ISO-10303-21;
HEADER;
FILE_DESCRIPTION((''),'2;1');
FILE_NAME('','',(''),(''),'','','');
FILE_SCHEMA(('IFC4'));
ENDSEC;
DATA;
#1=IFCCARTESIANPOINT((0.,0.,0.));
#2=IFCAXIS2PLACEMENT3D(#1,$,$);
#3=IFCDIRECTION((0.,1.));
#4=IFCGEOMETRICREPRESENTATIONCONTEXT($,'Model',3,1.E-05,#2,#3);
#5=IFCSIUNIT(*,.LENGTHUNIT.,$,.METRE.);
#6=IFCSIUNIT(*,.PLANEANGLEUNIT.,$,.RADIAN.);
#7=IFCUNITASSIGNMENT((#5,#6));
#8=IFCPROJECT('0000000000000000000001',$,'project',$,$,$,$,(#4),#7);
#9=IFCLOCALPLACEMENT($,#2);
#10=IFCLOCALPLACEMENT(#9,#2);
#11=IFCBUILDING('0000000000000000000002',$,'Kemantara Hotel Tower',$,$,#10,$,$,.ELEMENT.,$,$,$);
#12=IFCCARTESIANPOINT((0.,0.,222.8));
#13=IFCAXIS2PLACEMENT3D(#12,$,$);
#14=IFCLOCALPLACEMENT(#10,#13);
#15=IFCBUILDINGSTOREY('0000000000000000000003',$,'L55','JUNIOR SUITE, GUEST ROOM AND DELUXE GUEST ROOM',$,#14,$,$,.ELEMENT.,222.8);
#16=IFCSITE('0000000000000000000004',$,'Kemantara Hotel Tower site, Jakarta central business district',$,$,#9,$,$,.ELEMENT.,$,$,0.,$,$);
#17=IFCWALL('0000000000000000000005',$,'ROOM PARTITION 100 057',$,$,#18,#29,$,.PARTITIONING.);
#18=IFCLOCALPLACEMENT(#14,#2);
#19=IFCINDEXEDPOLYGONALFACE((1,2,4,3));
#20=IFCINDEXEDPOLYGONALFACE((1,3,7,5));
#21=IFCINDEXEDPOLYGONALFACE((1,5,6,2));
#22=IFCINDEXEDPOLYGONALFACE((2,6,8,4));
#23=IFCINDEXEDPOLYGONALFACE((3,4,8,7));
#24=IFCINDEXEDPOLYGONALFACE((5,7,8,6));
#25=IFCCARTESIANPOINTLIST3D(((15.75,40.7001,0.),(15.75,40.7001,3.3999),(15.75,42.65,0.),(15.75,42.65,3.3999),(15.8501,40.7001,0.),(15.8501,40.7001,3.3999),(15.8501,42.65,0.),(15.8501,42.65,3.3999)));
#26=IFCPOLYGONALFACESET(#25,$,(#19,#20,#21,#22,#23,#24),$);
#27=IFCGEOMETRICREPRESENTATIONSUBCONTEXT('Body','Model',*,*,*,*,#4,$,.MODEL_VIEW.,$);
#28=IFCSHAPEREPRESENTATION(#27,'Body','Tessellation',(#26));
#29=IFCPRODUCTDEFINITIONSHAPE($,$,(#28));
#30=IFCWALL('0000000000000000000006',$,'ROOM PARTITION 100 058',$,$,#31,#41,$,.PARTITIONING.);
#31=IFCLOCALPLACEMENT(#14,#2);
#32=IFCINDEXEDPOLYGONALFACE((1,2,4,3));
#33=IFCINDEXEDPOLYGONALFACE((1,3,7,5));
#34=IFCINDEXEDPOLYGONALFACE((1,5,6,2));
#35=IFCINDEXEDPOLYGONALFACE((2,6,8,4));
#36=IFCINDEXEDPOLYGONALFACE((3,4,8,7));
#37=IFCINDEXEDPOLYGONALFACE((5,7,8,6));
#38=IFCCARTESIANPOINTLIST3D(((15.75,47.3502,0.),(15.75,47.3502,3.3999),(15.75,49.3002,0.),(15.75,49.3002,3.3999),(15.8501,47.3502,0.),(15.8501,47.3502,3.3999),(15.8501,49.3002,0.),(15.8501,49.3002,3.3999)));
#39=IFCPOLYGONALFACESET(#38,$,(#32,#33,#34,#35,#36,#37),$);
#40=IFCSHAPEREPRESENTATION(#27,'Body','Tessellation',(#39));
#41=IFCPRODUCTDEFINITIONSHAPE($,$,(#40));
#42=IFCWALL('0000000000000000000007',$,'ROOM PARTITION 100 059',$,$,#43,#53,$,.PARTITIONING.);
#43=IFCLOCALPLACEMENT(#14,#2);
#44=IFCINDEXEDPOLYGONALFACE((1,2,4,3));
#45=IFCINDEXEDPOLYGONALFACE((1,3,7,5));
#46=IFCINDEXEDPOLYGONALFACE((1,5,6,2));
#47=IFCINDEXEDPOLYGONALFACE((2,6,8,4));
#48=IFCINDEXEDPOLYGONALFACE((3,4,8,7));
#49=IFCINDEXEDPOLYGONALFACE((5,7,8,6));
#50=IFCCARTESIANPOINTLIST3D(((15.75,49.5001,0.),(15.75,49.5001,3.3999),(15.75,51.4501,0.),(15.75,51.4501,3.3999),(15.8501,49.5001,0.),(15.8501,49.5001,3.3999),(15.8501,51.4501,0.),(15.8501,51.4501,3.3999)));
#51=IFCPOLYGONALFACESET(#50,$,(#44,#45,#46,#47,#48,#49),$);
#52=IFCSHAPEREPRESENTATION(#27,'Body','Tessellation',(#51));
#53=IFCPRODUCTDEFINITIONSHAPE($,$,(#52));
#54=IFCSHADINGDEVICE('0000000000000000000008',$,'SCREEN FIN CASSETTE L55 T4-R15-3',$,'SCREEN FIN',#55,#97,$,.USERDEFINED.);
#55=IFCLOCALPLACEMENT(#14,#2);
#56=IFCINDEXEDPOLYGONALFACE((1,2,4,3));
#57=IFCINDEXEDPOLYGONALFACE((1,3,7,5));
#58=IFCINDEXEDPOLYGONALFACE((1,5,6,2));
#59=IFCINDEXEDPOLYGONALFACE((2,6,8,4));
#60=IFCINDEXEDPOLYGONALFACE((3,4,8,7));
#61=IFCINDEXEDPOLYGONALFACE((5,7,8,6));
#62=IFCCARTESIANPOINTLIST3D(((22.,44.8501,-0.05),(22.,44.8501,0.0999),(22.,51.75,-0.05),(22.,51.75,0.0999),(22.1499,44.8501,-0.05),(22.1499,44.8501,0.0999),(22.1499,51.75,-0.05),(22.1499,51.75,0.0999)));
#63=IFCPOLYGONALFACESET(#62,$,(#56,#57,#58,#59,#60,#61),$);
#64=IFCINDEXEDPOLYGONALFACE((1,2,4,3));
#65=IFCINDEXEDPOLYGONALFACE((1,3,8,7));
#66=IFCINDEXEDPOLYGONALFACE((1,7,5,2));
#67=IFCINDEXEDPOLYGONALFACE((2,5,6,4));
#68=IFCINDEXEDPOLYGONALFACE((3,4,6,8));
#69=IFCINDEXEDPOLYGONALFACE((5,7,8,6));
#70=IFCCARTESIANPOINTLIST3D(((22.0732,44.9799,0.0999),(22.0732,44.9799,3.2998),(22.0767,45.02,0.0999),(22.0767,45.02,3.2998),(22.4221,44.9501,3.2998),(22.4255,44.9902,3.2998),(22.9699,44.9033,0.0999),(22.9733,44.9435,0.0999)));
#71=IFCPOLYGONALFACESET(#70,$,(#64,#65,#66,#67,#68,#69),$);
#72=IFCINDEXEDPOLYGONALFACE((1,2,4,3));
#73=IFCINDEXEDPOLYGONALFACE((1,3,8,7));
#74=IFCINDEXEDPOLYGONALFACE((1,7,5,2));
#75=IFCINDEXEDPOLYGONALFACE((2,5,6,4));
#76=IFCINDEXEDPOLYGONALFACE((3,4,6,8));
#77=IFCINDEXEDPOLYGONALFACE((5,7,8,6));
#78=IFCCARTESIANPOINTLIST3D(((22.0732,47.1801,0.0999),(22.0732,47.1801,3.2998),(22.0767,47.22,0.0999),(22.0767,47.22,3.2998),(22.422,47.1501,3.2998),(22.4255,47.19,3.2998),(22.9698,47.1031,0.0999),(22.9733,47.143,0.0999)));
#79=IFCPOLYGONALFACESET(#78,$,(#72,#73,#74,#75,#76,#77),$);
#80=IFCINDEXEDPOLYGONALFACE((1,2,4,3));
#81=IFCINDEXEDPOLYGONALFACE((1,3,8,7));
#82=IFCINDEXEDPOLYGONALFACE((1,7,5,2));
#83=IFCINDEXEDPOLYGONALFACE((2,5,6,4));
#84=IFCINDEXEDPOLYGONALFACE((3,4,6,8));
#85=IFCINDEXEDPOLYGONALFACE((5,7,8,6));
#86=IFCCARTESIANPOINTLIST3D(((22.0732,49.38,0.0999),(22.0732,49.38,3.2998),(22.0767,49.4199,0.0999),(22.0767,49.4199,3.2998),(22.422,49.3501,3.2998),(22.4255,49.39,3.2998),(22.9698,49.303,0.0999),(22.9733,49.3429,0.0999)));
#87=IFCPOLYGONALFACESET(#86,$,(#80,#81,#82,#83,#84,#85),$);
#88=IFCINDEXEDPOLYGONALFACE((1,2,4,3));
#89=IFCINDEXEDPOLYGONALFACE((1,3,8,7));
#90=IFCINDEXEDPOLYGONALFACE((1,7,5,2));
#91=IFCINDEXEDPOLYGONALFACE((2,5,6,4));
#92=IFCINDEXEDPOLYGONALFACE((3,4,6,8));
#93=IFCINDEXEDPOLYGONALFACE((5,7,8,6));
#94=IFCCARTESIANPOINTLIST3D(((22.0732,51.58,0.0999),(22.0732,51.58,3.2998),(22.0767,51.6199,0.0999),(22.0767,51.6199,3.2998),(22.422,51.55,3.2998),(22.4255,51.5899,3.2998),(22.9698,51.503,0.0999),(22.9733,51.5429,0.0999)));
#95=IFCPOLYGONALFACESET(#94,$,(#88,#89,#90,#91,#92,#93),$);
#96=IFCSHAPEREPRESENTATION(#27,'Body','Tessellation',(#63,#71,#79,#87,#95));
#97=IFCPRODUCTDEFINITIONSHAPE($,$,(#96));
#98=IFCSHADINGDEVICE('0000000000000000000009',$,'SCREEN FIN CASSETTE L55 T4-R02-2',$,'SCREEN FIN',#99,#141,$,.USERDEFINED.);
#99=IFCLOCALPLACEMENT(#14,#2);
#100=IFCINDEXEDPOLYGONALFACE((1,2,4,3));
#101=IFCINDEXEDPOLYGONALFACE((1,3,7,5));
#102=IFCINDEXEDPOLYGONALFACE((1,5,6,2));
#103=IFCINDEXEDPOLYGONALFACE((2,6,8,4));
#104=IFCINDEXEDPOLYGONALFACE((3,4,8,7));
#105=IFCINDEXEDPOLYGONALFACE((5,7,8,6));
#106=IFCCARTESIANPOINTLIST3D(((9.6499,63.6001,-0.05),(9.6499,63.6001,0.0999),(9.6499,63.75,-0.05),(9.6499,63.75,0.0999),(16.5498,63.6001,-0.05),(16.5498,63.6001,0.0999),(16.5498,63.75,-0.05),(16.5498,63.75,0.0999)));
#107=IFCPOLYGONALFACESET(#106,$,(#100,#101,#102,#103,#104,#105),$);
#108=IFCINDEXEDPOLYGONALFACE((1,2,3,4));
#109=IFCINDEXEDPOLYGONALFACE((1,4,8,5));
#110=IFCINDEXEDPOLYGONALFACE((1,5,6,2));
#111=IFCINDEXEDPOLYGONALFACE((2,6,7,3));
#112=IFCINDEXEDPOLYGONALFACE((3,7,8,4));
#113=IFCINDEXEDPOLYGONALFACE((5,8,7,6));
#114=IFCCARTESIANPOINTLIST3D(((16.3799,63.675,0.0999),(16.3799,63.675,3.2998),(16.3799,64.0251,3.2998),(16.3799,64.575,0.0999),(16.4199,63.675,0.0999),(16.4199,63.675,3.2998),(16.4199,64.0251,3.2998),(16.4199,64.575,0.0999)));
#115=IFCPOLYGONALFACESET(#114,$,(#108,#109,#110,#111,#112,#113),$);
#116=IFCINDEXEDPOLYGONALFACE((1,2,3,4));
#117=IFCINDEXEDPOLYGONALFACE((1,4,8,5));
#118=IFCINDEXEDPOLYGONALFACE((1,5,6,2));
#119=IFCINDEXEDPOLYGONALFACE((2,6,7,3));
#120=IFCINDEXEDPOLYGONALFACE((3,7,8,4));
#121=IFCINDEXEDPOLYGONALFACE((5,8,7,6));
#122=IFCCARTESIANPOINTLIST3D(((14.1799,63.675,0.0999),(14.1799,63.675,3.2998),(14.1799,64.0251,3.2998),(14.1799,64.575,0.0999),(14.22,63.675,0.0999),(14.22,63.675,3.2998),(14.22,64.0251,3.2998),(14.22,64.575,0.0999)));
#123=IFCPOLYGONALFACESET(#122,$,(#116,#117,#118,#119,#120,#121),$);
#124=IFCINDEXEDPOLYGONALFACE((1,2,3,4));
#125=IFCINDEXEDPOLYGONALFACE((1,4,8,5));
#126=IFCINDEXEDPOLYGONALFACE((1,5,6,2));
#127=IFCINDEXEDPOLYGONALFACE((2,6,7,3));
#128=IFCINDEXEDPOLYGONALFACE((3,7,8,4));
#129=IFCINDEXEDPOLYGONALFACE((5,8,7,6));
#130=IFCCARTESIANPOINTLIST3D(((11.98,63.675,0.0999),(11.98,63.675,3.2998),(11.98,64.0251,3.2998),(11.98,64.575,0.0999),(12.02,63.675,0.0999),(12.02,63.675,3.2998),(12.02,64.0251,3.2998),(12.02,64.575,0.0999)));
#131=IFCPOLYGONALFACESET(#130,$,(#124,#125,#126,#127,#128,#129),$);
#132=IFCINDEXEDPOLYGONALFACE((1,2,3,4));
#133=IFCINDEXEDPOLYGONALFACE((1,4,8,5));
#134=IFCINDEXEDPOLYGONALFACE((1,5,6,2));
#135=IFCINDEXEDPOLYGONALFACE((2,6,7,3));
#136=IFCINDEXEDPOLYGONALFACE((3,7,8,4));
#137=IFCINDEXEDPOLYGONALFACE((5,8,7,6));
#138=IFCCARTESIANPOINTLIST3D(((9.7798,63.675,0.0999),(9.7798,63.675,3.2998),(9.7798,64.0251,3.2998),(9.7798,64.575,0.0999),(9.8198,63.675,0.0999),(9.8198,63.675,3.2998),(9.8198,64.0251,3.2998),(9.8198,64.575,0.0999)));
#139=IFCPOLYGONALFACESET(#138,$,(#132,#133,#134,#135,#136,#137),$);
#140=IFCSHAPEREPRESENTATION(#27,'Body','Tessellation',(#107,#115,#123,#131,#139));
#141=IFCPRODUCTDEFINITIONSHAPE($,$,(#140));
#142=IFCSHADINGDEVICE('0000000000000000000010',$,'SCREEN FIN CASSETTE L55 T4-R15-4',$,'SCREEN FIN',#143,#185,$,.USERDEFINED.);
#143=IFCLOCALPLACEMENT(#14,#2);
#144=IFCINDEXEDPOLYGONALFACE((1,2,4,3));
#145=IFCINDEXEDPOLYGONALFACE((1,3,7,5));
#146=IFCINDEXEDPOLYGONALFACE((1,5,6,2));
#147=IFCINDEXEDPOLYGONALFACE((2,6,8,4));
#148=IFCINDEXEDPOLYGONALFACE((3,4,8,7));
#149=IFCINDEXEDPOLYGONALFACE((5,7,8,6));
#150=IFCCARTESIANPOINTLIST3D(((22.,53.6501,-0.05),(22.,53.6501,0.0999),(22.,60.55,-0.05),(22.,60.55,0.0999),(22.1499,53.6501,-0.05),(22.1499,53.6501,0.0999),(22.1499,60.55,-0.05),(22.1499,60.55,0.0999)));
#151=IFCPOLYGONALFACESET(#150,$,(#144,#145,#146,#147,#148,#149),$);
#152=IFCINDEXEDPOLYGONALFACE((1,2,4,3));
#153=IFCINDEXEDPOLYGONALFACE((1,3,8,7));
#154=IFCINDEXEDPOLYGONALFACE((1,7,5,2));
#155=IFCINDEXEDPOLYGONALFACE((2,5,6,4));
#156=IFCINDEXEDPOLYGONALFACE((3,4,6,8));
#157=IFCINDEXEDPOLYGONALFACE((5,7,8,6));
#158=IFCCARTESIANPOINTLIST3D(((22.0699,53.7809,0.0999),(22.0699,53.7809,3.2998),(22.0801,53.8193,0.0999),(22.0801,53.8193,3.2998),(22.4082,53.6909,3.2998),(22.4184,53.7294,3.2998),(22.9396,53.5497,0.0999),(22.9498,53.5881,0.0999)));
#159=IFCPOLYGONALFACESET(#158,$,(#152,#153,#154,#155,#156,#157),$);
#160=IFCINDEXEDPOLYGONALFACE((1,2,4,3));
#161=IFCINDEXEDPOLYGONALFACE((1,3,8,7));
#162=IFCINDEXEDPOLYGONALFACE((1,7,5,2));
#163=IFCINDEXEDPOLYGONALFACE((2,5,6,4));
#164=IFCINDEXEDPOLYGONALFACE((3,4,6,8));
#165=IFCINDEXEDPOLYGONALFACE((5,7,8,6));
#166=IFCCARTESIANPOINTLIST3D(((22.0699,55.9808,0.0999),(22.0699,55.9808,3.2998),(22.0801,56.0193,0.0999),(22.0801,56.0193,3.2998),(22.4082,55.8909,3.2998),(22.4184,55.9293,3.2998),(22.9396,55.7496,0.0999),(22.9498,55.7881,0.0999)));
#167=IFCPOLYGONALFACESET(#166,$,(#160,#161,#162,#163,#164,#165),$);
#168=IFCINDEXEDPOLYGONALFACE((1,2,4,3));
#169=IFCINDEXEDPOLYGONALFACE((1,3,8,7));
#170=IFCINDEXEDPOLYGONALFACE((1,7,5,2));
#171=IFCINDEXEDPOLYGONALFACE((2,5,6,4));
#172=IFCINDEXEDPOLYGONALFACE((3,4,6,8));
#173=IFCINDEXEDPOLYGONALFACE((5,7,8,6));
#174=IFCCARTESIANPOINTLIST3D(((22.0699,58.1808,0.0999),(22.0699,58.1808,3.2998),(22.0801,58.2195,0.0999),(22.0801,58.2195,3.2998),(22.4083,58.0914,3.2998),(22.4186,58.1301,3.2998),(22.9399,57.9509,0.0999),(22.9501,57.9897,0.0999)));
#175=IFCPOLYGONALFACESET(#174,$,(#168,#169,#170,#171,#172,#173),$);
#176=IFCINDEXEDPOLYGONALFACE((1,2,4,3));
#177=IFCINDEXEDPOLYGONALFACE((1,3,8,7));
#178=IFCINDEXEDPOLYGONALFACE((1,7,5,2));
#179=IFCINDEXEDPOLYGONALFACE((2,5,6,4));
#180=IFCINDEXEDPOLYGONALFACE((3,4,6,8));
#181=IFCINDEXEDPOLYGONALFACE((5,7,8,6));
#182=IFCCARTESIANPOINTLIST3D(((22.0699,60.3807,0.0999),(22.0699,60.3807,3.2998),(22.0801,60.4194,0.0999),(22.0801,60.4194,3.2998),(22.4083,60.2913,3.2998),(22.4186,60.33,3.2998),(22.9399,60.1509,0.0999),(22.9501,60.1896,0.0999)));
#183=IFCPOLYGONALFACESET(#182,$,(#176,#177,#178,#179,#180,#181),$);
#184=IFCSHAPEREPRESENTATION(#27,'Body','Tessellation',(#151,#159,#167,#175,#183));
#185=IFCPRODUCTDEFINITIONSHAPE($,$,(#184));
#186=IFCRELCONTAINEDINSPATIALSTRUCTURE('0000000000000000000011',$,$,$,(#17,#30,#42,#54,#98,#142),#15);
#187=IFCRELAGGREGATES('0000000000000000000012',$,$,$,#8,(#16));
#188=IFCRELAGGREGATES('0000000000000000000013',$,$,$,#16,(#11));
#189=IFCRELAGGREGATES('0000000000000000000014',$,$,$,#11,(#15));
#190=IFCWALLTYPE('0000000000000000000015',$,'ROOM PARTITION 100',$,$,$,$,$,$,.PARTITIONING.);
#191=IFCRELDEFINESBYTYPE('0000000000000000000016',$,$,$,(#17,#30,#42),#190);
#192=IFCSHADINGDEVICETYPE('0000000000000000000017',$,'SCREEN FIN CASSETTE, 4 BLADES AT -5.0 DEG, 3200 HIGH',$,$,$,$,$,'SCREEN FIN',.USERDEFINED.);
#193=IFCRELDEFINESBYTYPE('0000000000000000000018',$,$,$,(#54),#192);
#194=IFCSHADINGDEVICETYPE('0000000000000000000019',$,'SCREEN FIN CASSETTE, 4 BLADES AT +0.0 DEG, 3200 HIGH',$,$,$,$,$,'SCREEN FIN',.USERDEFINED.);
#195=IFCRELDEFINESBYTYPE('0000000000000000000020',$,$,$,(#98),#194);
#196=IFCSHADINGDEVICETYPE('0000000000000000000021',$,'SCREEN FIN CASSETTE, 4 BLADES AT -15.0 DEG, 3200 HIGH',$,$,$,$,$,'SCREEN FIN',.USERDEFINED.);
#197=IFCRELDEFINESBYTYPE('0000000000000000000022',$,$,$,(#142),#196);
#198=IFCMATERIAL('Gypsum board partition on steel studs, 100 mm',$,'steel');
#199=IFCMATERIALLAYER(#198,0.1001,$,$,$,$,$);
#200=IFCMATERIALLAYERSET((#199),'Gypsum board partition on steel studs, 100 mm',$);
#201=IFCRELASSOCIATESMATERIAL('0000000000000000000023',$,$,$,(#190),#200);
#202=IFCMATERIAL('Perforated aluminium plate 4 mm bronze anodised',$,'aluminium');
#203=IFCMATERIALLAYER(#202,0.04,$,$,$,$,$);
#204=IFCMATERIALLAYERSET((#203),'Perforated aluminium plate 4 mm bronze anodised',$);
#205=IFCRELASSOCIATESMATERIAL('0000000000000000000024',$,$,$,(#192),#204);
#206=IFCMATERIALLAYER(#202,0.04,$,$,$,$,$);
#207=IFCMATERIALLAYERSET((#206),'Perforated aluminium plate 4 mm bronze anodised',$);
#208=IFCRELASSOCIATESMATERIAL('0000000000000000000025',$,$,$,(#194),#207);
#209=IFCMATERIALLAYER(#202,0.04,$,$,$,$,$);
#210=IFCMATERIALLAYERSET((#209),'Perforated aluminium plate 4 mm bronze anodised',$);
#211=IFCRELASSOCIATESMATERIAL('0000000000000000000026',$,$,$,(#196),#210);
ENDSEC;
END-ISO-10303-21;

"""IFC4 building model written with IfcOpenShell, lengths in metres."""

from ifc_helpers import new_model, si_unit, direction, frame, frame_2d, origin, origin_2d, place, context, subcontext, project, spatial, polyline, rectangle, outline, extrude, source, transform, mapped, material, layer, layer_set, type_object, element, save


model = new_model("IFC4")

# Units and contexts
model_context = context("Model", 3, precision=1e-05, world=origin(), true_north=direction((0.0, 1.0)))
body_context = subcontext(model_context, "Body", "Model", "MODEL_VIEW")
ifc_project = project(units=[si_unit("LENGTHUNIT", "METRE"), si_unit("PLANEANGLEUNIT", "RADIAN")], contexts=[model_context])

# Site, building, storey
site_placement = place(None, origin())
site = spatial("IfcSite", under=ifc_project, at=site_placement, Name="Kemantara Hotel Tower site, Jakarta central business district", CompositionType="ELEMENT", RefElevation=0.0)
building_placement = place(site_placement, origin())
building = spatial("IfcBuilding", under=site, at=building_placement, Name="Kemantara Hotel Tower", CompositionType="ELEMENT")
storey_placement = place(building_placement, frame((0.0, 0.0, 222.8)))
storey = spatial("IfcBuildingStorey", under=building, at=storey_placement, Name="L55", Description="JUNIOR SUITE, GUEST ROOM AND DELUXE GUEST ROOM", CompositionType="ELEMENT", Elevation=222.8)

# Walls
ifc_material_1 = material(Name="Gypsum board partition on steel studs, 100 mm", Category="steel")
ifc_layer_1 = layer(ifc_material_1, 0.1001)
ifc_layer_set_1 = layer_set([ifc_layer_1], Name="Gypsum board partition on steel studs, 100 mm")
wall_type = type_object("IfcWallType", Name="ROOM PARTITION 100", PredefinedType="PARTITIONING", material=ifc_layer_set_1)
for number, where, z_axis, x_axis, name in (
    (1, (15.8, 40.7, 0.0), (0.0, 0.0, 1.0), (0.0, 1.0, 0.0), "ROOM PARTITION 100 057"),
    (2, (15.8, 47.3501, 0.0), (0.0, 0.0, 1.0), (0.0, 1.0, 0.0), "ROOM PARTITION 100 058"),
    (3, (15.8, 49.5, 0.0), (0.0, 0.0, 1.0), (0.0, 1.0, 0.0), "ROOM PARTITION 100 059"),
):
    element("IfcWall", number, at=place(storey_placement, frame(where, z_axis=z_axis, x_axis=x_axis)), inside=storey, type_object=wall_type, Name=name, PredefinedType="PARTITIONING", context=body_context, shape_type="SweptSolid", body=[
        extrude(rectangle(XDim=1.95, YDim=0.1001, at=frame_2d((0.9751, 0.0))), origin(), (0.0, 0.0, 1.0), 3.3999),
    ])

# Shading devices
ifc_material_2 = material(Name="Perforated aluminium plate 4 mm bronze anodised", Category="aluminium")
ifc_layer_2 = layer(ifc_material_2, 0.04)
ifc_layer_set_2 = layer_set([ifc_layer_2], Name="Perforated aluminium plate 4 mm bronze anodised")
shading_device_type_1 = type_object("IfcShadingDeviceType", Name="SCREEN FIN CASSETTE, 4 BLADES AT -5.0 DEG, 3200 HIGH", ElementType="SCREEN FIN", PredefinedType="USERDEFINED", material=ifc_layer_set_2)
shared_shape_1 = source(origin(), body_context, "Body", "SweptSolid", [
    extrude(rectangle(XDim=6.8999, YDim=0.1499, at=origin_2d()), frame((3.3, -0.075, -0.1499), z_axis=(0.0, 0.0, 1.0), x_axis=(1.0, 0.0, 0.0)), (0.0, 0.0, 1.0), 0.1499),
    extrude(outline(polyline([(0.0, 0.0), (0.8999, 0.0), (0.3501, 3.2), (0.0, 3.2), (0.0, 0.0)])), frame((0.02, -0.0767, 0.0), z_axis=(-0.996376, 0.085056, 0.0), x_axis=(-0.085056, -0.996376, 0.0)), (0.0, 0.0, 1.0), 0.0403),
    extrude(outline(polyline([(0.0, 0.0), (0.8999, 0.0), (0.3501, 3.2), (0.0, 3.2), (0.0, 0.0)])), frame((2.22, -0.0767, 0.0), z_axis=(-0.996332, 0.085575, 0.0), x_axis=(-0.085575, -0.996332, 0.0)), (0.0, 0.0, 1.0), 0.04),
    extrude(outline(polyline([(0.0, 0.0), (0.8999, 0.0), (0.3501, 3.2), (0.0, 3.2), (0.0, 0.0)])), frame((4.4199, -0.0767, 0.0), z_axis=(-0.996332, 0.085575, 0.0), x_axis=(-0.085575, -0.996332, 0.0)), (0.0, 0.0, 1.0), 0.04),
    extrude(outline(polyline([(0.0, 0.0), (0.8999, 0.0), (0.3501, 3.2), (0.0, 3.2), (0.0, 0.0)])), frame((6.6199, -0.0767, 0.0), z_axis=(-0.996332, 0.085575, 0.0), x_axis=(-0.085575, -0.996332, 0.0)), (0.0, 0.0, 1.0), 0.04),
])
shading_device_1_placement = place(storey_placement, frame((22.0, 45.0, 0.0999), z_axis=(0.0, 0.0, 1.0), x_axis=(0.0, 1.0, 0.0)))
element("IfcShadingDevice", 4, at=shading_device_1_placement, inside=storey, type_object=shading_device_type_1, Name="SCREEN FIN CASSETTE L55 T4-R15-3", ObjectType="SCREEN FIN", PredefinedType="USERDEFINED", context=body_context, shape_type="MappedRepresentation", body=[
    mapped(shared_shape_1, transform((0.0, 0.0, 0.0))),
])
ifc_layer_3 = layer(ifc_material_2, 0.04)
ifc_layer_set_3 = layer_set([ifc_layer_3], Name="Perforated aluminium plate 4 mm bronze anodised")
shading_device_type_2 = type_object("IfcShadingDeviceType", Name="SCREEN FIN CASSETTE, 4 BLADES AT +0.0 DEG, 3200 HIGH", ElementType="SCREEN FIN", PredefinedType="USERDEFINED", material=ifc_layer_set_3)
shared_shape_2 = source(origin(), body_context, "Body", "SweptSolid", [
    extrude(rectangle(XDim=6.8999, YDim=0.1499, at=origin_2d()), frame((3.3, -0.075, -0.1499), z_axis=(0.0, 0.0, 1.0), x_axis=(1.0, 0.0, 0.0)), (0.0, 0.0, 1.0), 0.1499),
    extrude(outline(polyline([(0.0, 0.0), (0.8999, 0.0), (0.3501, 3.2), (0.0, 3.2), (0.0, 0.0)])), frame((0.02, -0.075, 0.0), z_axis=(-1.0, 0.0, 0.0), x_axis=(0.0, -1.0, 0.0)), (0.0, 0.0, 1.0), 0.04),
    extrude(outline(polyline([(0.0, 0.0), (0.8999, 0.0), (0.3501, 3.2), (0.0, 3.2), (0.0, 0.0)])), frame((2.22, -0.075, 0.0), z_axis=(-1.0, 0.0, 0.0), x_axis=(0.0, -1.0, 0.0)), (0.0, 0.0, 1.0), 0.04),
    extrude(outline(polyline([(0.0, 0.0), (0.8999, 0.0), (0.3501, 3.2), (0.0, 3.2), (0.0, 0.0)])), frame((4.4199, -0.075, 0.0), z_axis=(-1.0, 0.0, 0.0), x_axis=(0.0, -1.0, 0.0)), (0.0, 0.0, 1.0), 0.04),
    extrude(outline(polyline([(0.0, 0.0), (0.8999, 0.0), (0.3501, 3.2), (0.0, 3.2), (0.0, 0.0)])), frame((6.6201, -0.075, 0.0), z_axis=(-1.0, 0.0, 0.0), x_axis=(0.0, -1.0, 0.0)), (0.0, 0.0, 1.0), 0.04),
])
shading_device_2_placement = place(storey_placement, frame((16.3999, 63.6001, 0.0999), z_axis=(0.0, 0.0, 1.0), x_axis=(-1.0, 0.0, 0.0)))
element("IfcShadingDevice", 5, at=shading_device_2_placement, inside=storey, type_object=shading_device_type_2, Name="SCREEN FIN CASSETTE L55 T4-R02-2", ObjectType="SCREEN FIN", PredefinedType="USERDEFINED", context=body_context, shape_type="MappedRepresentation", body=[
    mapped(shared_shape_2, transform((0.0, 0.0, 0.0))),
])
ifc_layer_4 = layer(ifc_material_2, 0.04)
ifc_layer_set_4 = layer_set([ifc_layer_4], Name="Perforated aluminium plate 4 mm bronze anodised")
shading_device_type_3 = type_object("IfcShadingDeviceType", Name="SCREEN FIN CASSETTE, 4 BLADES AT -15.0 DEG, 3200 HIGH", ElementType="SCREEN FIN", PredefinedType="USERDEFINED", material=ifc_layer_set_4)
shared_shape_3 = source(origin(), body_context, "Body", "SweptSolid", [
    extrude(rectangle(XDim=6.8999, YDim=0.1499, at=origin_2d()), frame((3.3, -0.075, -0.1499), z_axis=(0.0, 0.0, 1.0), x_axis=(1.0, 0.0, 0.0)), (0.0, 0.0, 1.0), 0.1499),
    extrude(outline(polyline([(0.0, 0.0), (0.8999, 0.0), (0.3501, 3.2), (0.0, 3.2), (0.0, 0.0)])), frame((0.0193, -0.0801, 0.0), z_axis=(-0.966438, 0.256901, 0.0), x_axis=(-0.256901, -0.966438, 0.0)), (0.0, 0.0, 1.0), 0.0398),
    extrude(outline(polyline([(0.0, 0.0), (0.8999, 0.0), (0.3501, 3.2), (0.0, 3.2), (0.0, 0.0)])), frame((2.2192, -0.0801, 0.0), z_axis=(-0.966438, 0.256901, 0.0), x_axis=(-0.256901, -0.966438, 0.0)), (0.0, 0.0, 1.0), 0.0398),
    extrude(outline(polyline([(0.0, 0.0), (0.8999, 0.0), (0.3501, 3.2), (0.0, 3.2), (0.0, 0.0)])), frame((4.4194, -0.0801, 0.0), z_axis=(-0.966838, 0.255391, 0.0), x_axis=(-0.255391, -0.966838, 0.0)), (0.0, 0.0, 1.0), 0.04),
    extrude(outline(polyline([(0.0, 0.0), (0.8999, 0.0), (0.3501, 3.2), (0.0, 3.2), (0.0, 0.0)])), frame((6.6194, -0.0801, 0.0), z_axis=(-0.966838, 0.255391, 0.0), x_axis=(-0.255391, -0.966838, 0.0)), (0.0, 0.0, 1.0), 0.04),
])
shading_device_3_placement = place(storey_placement, frame((22.0, 53.8, 0.0999), z_axis=(0.0, 0.0, 1.0), x_axis=(0.0, 1.0, 0.0)))
element("IfcShadingDevice", 6, at=shading_device_3_placement, inside=storey, type_object=shading_device_type_3, Name="SCREEN FIN CASSETTE L55 T4-R15-4", ObjectType="SCREEN FIN", PredefinedType="USERDEFINED", context=body_context, shape_type="MappedRepresentation", body=[
    mapped(shared_shape_3, transform((0.0, 0.0, 0.0))),
])

save(model, "model.ifc")
